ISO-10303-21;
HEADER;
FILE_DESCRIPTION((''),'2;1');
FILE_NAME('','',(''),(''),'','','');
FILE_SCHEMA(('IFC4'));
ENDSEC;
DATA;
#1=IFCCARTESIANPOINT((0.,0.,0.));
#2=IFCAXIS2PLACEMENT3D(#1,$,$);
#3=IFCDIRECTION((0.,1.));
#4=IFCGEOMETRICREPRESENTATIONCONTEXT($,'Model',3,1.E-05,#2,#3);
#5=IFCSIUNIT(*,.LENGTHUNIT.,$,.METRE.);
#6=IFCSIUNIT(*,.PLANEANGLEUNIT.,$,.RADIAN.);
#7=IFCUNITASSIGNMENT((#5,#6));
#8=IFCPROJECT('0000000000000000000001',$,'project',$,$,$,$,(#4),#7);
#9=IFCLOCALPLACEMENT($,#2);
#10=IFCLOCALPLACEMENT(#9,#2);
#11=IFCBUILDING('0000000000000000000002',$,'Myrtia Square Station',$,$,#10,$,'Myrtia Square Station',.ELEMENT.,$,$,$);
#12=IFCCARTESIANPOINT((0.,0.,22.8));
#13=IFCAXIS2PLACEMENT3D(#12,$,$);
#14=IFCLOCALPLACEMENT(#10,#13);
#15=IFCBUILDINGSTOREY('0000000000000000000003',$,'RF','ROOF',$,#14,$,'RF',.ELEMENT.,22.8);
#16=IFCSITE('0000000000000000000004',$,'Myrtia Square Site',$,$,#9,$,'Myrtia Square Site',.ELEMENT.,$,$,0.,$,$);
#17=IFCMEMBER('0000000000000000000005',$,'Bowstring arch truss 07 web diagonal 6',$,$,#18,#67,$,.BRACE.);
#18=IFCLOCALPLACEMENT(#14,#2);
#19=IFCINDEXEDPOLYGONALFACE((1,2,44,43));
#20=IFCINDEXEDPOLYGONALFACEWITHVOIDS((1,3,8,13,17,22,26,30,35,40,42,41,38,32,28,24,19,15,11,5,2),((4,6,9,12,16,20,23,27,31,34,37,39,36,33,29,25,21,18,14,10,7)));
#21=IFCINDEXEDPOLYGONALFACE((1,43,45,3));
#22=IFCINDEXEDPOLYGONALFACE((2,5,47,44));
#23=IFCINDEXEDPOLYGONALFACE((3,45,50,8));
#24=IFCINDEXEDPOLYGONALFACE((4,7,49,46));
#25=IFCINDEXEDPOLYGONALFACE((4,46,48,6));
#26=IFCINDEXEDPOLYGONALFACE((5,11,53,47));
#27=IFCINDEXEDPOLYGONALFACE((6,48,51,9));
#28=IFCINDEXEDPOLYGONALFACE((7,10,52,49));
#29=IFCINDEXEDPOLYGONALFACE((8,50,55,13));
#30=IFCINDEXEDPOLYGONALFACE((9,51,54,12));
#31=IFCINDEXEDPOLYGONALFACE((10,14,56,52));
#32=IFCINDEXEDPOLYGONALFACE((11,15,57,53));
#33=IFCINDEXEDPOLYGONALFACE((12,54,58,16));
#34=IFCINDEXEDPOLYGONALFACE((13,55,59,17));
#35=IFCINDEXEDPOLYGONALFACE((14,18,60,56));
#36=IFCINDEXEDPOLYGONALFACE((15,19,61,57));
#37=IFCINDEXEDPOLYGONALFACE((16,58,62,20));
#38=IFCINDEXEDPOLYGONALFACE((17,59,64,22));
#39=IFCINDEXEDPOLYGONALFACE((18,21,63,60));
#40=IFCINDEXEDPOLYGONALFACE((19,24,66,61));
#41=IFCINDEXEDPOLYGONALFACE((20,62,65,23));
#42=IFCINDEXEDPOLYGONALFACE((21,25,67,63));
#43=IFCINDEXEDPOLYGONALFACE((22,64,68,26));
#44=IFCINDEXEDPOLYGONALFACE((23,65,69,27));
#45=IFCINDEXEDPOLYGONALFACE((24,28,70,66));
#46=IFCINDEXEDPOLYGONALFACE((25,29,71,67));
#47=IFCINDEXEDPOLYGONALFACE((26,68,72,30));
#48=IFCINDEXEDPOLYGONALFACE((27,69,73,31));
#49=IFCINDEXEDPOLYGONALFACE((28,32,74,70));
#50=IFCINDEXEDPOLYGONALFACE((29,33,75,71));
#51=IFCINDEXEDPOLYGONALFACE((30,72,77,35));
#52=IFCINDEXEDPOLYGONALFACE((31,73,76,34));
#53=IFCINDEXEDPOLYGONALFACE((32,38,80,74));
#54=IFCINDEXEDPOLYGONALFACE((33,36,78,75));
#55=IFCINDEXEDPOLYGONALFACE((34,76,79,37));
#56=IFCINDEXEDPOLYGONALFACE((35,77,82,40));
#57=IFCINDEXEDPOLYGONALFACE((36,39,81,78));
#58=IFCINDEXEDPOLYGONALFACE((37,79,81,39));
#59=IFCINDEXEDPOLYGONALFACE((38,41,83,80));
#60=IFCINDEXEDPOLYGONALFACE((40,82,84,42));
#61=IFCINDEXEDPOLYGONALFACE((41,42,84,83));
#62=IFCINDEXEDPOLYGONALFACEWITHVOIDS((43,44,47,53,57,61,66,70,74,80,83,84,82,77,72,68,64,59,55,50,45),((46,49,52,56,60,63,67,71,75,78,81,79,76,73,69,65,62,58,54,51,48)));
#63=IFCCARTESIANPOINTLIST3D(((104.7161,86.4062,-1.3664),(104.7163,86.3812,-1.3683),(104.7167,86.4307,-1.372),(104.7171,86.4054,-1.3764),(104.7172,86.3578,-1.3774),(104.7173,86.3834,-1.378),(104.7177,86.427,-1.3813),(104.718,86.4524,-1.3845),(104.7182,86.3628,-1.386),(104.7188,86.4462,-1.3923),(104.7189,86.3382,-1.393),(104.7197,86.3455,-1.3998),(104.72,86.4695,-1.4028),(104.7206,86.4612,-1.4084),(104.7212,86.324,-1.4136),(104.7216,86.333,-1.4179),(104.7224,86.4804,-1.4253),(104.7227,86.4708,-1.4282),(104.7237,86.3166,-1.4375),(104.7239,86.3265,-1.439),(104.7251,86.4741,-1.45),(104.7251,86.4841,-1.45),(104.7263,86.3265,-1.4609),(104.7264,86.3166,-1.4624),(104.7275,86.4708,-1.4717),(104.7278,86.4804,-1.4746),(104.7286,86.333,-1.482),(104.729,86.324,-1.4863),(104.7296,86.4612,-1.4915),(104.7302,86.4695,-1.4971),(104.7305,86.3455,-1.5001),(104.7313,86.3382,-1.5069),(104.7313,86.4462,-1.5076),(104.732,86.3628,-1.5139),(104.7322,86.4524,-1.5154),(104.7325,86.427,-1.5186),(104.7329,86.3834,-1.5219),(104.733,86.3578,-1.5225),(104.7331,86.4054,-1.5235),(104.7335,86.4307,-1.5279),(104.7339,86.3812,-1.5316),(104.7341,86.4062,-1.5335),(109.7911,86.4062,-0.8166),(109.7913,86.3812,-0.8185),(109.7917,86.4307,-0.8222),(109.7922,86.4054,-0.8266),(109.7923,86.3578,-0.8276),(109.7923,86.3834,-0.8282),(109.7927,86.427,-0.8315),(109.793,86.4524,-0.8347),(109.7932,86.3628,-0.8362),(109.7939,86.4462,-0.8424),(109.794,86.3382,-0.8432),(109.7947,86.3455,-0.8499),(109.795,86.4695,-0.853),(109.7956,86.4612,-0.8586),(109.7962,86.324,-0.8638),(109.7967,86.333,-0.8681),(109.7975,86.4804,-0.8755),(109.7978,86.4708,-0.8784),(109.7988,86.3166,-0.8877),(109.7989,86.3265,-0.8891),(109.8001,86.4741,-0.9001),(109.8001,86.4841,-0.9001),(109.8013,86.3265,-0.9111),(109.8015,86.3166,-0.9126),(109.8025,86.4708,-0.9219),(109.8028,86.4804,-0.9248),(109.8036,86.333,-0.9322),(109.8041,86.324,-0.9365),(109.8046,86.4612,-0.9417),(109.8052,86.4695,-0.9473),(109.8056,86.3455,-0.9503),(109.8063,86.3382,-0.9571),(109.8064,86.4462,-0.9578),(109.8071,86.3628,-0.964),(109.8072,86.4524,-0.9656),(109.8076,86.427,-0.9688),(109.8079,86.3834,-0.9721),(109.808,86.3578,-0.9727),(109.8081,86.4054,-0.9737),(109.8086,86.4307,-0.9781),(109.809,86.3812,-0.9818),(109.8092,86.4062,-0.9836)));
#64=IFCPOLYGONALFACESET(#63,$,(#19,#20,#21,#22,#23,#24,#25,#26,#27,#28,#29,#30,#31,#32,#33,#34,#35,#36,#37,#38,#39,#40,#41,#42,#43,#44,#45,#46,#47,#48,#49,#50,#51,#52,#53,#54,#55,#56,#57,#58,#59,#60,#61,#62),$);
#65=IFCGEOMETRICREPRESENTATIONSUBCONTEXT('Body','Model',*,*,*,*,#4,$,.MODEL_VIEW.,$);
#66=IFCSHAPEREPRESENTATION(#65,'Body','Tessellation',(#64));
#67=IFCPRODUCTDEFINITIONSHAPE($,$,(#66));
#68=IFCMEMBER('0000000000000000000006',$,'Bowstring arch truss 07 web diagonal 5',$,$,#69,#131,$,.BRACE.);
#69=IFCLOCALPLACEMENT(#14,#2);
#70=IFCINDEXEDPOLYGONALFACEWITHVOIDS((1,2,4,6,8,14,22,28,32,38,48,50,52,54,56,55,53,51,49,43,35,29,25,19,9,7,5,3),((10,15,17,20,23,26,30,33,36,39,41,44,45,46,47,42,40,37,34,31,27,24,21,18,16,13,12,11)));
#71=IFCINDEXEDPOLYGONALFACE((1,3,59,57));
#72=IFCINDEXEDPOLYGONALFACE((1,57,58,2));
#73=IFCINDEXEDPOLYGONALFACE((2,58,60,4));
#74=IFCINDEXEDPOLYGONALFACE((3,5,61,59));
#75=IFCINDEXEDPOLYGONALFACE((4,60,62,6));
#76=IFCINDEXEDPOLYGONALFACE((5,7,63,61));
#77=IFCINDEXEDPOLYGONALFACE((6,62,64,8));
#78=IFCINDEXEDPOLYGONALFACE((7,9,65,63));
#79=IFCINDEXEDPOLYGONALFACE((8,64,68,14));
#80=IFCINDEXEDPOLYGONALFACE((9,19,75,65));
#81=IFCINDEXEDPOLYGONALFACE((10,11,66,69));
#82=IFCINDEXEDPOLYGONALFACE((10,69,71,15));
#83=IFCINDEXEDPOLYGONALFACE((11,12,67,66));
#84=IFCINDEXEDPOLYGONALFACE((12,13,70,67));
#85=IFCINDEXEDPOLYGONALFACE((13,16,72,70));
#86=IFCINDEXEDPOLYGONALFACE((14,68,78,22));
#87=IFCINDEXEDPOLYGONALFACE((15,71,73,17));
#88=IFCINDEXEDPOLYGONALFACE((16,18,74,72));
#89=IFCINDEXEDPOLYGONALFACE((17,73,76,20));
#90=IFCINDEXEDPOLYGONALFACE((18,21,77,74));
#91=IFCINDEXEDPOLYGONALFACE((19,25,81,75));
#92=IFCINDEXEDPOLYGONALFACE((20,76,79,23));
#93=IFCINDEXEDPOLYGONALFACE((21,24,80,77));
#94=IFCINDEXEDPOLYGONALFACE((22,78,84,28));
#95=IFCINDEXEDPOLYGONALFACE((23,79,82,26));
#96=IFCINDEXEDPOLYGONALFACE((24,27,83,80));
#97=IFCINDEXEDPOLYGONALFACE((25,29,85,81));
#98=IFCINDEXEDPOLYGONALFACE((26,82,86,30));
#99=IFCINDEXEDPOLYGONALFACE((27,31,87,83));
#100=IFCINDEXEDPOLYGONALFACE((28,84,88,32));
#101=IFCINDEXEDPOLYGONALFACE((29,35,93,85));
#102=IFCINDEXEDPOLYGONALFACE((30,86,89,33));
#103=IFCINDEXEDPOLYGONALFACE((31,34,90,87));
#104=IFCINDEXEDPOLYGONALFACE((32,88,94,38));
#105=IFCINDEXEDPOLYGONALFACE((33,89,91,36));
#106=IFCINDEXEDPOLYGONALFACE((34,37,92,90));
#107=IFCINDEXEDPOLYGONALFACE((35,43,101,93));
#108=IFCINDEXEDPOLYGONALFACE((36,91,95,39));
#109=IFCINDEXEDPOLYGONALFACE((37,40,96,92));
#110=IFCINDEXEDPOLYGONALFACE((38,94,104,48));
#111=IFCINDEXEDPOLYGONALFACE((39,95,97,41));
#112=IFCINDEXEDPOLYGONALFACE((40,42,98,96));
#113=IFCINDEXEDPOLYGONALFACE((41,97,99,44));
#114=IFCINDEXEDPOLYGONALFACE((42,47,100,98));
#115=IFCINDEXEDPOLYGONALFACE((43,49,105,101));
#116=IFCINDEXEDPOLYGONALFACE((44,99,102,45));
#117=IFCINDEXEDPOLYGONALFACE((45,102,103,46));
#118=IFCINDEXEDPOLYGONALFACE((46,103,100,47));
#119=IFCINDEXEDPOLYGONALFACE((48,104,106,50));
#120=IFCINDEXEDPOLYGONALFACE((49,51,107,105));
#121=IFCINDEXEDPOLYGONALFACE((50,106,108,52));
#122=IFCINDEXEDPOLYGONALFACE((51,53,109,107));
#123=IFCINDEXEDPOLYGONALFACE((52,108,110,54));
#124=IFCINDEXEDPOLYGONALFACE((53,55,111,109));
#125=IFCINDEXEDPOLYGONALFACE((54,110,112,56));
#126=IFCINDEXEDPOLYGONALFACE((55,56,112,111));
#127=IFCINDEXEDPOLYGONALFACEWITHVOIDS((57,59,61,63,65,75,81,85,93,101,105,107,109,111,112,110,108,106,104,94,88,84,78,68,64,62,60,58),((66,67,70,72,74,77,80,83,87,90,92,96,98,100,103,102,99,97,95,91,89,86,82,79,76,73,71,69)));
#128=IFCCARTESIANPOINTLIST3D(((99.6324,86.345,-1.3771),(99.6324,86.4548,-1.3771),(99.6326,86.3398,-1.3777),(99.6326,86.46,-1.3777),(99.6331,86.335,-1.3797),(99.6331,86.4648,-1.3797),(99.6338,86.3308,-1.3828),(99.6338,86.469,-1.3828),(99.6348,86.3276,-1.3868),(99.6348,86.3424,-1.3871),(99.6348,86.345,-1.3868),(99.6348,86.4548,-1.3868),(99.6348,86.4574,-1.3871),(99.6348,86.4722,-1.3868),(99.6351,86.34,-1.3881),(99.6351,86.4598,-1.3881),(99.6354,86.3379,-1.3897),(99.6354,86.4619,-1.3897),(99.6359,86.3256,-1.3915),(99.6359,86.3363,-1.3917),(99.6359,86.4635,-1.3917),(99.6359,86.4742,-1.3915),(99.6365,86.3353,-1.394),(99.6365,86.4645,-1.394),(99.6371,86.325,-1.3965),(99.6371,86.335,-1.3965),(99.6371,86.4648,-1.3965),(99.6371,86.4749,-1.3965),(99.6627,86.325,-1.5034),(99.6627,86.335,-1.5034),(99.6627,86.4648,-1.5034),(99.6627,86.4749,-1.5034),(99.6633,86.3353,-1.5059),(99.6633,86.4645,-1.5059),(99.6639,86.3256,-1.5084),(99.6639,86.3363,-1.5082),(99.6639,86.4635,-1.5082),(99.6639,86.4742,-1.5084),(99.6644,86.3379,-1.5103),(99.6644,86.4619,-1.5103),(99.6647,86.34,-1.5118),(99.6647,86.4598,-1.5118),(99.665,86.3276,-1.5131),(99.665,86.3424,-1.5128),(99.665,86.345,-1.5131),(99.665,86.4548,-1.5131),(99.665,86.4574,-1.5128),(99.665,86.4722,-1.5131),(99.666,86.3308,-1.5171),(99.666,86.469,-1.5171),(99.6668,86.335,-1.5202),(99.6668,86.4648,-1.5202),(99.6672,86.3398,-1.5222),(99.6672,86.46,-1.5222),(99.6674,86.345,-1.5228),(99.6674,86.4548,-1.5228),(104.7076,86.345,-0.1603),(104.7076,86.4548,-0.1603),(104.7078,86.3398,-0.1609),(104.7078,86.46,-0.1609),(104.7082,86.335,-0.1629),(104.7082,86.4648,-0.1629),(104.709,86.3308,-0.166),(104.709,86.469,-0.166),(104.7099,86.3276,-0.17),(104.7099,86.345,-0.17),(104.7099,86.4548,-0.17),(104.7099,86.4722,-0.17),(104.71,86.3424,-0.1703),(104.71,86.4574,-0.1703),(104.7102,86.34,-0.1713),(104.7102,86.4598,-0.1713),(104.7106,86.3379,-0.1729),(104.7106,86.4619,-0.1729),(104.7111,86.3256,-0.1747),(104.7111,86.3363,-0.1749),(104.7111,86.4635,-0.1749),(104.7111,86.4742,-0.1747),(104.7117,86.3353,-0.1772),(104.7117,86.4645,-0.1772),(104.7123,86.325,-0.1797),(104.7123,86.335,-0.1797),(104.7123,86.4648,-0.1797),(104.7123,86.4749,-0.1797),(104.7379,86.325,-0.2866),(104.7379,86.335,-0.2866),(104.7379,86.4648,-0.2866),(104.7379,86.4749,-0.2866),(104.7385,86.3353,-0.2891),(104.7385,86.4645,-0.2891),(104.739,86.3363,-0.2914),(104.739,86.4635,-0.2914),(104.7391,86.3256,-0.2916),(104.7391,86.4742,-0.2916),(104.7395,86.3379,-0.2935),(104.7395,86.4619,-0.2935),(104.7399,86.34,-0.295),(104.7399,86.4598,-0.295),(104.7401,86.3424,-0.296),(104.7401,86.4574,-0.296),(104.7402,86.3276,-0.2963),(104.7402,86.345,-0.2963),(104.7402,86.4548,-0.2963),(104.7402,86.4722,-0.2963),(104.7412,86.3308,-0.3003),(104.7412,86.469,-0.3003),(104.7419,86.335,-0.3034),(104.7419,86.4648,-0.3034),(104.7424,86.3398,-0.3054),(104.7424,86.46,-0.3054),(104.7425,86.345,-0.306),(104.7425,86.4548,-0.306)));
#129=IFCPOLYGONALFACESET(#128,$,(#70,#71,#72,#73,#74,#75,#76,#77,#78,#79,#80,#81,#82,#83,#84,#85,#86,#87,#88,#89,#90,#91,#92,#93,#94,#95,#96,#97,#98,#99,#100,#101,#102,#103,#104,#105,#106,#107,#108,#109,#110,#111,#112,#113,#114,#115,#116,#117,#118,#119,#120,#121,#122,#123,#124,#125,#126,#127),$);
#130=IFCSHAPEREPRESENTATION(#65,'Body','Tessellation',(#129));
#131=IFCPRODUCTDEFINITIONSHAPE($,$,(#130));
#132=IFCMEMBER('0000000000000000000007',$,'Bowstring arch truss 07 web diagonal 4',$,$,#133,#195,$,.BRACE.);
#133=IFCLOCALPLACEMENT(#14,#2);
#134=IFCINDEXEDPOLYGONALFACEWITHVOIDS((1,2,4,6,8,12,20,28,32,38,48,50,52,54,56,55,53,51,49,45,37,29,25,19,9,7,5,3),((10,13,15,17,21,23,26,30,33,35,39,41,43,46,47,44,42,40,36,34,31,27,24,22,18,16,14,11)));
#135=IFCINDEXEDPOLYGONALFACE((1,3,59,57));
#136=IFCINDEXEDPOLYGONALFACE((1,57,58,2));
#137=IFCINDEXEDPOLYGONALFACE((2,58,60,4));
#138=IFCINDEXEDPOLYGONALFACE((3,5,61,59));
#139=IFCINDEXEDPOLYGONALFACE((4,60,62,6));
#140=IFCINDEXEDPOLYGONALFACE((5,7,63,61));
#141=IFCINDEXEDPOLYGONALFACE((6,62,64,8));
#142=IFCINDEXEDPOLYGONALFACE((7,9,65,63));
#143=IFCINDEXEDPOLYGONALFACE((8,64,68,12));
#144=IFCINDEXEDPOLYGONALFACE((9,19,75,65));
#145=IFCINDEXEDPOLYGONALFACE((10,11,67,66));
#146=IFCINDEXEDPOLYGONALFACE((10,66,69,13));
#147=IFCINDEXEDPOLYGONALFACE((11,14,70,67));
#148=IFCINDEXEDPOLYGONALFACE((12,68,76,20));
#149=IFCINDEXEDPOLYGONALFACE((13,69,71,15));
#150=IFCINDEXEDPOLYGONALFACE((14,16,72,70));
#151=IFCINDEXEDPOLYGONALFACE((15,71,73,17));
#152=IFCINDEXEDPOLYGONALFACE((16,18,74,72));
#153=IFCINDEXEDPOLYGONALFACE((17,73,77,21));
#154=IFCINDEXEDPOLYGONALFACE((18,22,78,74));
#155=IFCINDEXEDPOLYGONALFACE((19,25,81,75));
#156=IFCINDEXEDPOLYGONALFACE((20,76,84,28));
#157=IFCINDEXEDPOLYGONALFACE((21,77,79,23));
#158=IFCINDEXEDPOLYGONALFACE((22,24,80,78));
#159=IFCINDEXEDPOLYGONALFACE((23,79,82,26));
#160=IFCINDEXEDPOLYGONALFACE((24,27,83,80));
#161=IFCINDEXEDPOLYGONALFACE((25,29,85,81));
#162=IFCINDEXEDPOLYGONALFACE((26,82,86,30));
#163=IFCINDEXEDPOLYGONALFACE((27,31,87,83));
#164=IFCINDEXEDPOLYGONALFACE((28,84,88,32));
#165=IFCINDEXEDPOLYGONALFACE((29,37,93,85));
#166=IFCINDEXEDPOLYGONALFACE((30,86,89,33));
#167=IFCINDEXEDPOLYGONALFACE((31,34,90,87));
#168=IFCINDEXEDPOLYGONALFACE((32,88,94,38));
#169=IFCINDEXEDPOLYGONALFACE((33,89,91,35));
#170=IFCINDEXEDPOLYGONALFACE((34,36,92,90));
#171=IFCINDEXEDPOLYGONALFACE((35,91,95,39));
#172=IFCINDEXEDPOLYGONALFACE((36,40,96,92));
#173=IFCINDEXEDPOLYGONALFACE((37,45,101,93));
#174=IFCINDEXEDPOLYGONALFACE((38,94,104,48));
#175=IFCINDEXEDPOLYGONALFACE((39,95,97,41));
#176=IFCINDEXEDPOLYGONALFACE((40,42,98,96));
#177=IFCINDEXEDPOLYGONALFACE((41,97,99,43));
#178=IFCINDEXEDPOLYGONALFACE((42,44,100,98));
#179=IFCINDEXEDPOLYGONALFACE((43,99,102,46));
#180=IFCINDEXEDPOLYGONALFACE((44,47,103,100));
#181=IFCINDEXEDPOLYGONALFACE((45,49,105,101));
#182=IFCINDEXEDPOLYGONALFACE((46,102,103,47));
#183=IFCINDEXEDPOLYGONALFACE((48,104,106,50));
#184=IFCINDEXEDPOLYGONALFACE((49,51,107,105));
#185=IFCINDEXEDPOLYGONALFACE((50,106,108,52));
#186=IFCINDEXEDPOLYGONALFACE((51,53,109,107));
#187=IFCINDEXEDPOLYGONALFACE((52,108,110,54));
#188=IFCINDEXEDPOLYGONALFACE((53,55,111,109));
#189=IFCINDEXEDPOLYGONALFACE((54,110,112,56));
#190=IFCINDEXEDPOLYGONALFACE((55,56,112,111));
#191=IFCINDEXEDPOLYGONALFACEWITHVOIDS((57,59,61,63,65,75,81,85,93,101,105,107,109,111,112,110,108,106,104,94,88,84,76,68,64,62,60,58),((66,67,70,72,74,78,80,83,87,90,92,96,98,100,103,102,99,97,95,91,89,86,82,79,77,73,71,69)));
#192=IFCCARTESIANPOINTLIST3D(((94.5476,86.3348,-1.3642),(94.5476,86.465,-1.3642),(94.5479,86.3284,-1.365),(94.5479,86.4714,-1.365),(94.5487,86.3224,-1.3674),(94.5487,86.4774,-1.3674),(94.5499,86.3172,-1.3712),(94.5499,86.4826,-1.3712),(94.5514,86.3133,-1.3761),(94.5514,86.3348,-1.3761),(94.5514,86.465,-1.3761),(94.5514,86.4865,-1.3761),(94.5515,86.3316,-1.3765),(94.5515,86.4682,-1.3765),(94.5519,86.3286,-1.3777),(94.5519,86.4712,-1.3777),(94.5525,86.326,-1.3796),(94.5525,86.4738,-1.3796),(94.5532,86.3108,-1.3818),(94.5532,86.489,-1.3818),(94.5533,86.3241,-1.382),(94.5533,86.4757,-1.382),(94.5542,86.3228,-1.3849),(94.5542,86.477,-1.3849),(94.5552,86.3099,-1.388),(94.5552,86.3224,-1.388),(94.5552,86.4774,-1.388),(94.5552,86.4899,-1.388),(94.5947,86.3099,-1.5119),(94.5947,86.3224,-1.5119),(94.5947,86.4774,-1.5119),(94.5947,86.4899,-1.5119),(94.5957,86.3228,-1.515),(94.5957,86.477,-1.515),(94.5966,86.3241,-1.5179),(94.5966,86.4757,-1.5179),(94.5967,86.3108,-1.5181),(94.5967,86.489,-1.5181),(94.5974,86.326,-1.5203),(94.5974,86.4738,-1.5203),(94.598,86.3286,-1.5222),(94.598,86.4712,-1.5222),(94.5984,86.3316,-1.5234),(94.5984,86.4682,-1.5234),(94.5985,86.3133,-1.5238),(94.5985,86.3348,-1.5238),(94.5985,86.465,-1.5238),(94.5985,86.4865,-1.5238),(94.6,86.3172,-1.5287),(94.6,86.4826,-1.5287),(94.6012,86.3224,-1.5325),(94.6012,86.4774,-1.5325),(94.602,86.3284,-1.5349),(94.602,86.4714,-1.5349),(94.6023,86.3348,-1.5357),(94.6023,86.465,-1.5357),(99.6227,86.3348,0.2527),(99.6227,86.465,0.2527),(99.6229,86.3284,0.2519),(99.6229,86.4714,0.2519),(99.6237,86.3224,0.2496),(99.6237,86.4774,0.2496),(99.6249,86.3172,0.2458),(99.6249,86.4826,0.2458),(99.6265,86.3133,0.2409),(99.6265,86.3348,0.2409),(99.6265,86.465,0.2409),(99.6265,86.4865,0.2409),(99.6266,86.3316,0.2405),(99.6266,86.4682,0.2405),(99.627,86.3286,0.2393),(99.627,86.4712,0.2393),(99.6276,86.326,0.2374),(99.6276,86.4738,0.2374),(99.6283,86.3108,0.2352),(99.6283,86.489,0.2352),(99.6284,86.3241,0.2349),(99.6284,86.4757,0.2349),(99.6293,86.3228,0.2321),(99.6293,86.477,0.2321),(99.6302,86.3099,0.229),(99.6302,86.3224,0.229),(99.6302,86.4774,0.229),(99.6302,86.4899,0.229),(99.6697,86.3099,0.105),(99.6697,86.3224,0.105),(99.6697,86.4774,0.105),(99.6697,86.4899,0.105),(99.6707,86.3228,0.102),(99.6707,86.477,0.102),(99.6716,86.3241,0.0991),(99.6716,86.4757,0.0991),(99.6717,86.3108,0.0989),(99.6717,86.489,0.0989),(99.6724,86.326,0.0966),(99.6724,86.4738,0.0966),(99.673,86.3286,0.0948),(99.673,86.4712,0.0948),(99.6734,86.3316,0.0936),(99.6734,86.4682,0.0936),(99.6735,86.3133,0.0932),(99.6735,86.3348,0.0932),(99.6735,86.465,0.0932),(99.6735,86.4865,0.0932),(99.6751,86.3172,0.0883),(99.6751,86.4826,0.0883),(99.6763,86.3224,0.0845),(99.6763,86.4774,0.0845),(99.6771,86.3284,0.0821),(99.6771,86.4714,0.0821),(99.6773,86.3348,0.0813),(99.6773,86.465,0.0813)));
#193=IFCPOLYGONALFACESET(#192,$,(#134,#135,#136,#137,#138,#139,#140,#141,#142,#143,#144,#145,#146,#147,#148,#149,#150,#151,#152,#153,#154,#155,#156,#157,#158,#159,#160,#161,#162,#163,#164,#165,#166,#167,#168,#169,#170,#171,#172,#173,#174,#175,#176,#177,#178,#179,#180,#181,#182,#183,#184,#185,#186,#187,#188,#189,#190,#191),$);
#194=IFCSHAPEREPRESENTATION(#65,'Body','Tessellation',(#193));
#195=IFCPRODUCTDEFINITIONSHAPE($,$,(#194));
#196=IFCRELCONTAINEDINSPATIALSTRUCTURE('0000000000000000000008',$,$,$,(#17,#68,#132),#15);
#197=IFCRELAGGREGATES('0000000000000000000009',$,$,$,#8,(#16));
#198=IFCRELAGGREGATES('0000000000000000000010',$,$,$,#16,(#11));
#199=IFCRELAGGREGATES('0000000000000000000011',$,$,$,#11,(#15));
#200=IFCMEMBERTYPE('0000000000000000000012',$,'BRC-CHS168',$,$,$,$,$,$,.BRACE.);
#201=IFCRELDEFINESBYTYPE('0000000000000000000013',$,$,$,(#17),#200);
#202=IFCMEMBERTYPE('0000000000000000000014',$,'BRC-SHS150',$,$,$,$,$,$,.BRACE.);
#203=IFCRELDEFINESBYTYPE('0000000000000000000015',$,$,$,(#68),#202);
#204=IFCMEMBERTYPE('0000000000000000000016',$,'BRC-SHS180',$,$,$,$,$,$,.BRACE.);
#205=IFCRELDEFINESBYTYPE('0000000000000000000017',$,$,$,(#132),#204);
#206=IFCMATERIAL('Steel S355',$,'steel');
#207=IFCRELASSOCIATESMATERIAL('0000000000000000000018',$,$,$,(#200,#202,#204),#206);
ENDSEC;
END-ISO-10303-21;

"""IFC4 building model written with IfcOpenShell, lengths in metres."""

from ifc_helpers import new_model, si_unit, direction, frame, origin, origin_2d, place, context, subcontext, project, spatial, hollow_rectangle, hollow_circle, extrude, material, material_profile, profile_set, type_object, element, save


model = new_model("IFC4")

# Units and contexts
model_context = context("Model", 3, precision=1e-05, world=origin(), true_north=direction((0.0, 1.0)))
body_context = subcontext(model_context, "Body", "Model", "MODEL_VIEW")
ifc_project = project(units=[si_unit("LENGTHUNIT", "METRE"), si_unit("PLANEANGLEUNIT", "RADIAN")], contexts=[model_context])

# Site, building, storey
site_placement = place(None, origin())
site = spatial("IfcSite", under=ifc_project, at=site_placement, Name="Myrtia Square Site", LongName="Myrtia Square Site", CompositionType="ELEMENT", RefElevation=0.0)
building_placement = place(site_placement, origin())
building = spatial("IfcBuilding", under=site, at=building_placement, Name="Myrtia Square Station", LongName="Myrtia Square Station", CompositionType="ELEMENT")
storey_placement = place(building_placement, frame((0.0, 0.0, 22.8)))
storey = spatial("IfcBuildingStorey", under=building, at=storey_placement, Name="RF", Description="ROOF", LongName="RF", CompositionType="ELEMENT", Elevation=22.8)

# Members
ifc_material_1 = material(Name="Steel S355", Category="steel")
ifc_material_profile_1 = material_profile(ifc_material_1, hollow_circle(Radius=0.0842, WallThickness=0.01, at=origin_2d()), Name="CHS 168.3x10")
ifc_profile_set_1 = profile_set([ifc_material_profile_1], Name="Steel S355")
member_type_1 = type_object("IfcMemberType", Name="BRC-CHS168", PredefinedType="BRACE", material=ifc_profile_set_1)
member_1_placement = place(storey_placement, frame((104.7251, 86.3999, -1.45), z_axis=(0.994183, 0.0, 0.107707), x_axis=(0.0, 1.0, 0.0)))
element("IfcMember", 1, at=member_1_placement, inside=storey, type_object=member_type_1, Name="Bowstring arch truss 07 web diagonal 6", PredefinedType="BRACE", context=body_context, shape_type="SweptSolid", body=[
    extrude(hollow_circle(Radius=0.0842, WallThickness=0.01, at=origin_2d()), origin(), (0.0, 0.0, 1.0), 5.1047),
])
ifc_material_profile_2 = material_profile(ifc_material_1, hollow_rectangle(XDim=0.1499, YDim=0.1499, WallThickness=0.01, InnerFilletRadius=0.01, OuterFilletRadius=0.02, at=origin_2d()), Name="SHS 150x150x10")
ifc_profile_set_2 = profile_set([ifc_material_profile_2], Name="Steel S355")
member_type_2 = type_object("IfcMemberType", Name="BRC-SHS150", PredefinedType="BRACE", material=ifc_profile_set_2)
member_2_placement = place(storey_placement, frame((99.6499, 86.3999, -1.45), z_axis=(0.972442, 0.0, 0.233146), x_axis=(0.0, 1.0, 0.0)))
element("IfcMember", 2, at=member_2_placement, inside=storey, type_object=member_type_2, Name="Bowstring arch truss 07 web diagonal 5", PredefinedType="BRACE", context=body_context, shape_type="SweptSolid", body=[
    extrude(hollow_rectangle(XDim=0.1499, YDim=0.1499, WallThickness=0.01, InnerFilletRadius=0.01, OuterFilletRadius=0.02, at=origin_2d()), origin(), (0.0, 0.0, 1.0), 5.219),
])
ifc_material_profile_3 = material_profile(ifc_material_1, hollow_rectangle(XDim=0.1799, YDim=0.1799, WallThickness=0.0125, InnerFilletRadius=0.0125, OuterFilletRadius=0.0249, at=origin_2d()), Name="SHS 180x180x12.5")
ifc_profile_set_3 = profile_set([ifc_material_profile_3], Name="Steel S355")
member_type_3 = type_object("IfcMemberType", Name="BRC-SHS180", PredefinedType="BRACE", material=ifc_profile_set_3)
member_3_placement = place(storey_placement, frame((94.575, 86.3999, -1.45), z_axis=(0.952807, 0.0, 0.303576), x_axis=(0.0, 1.0, 0.0)))
element("IfcMember", 3, at=member_3_placement, inside=storey, type_object=member_type_3, Name="Bowstring arch truss 07 web diagonal 4", PredefinedType="BRACE", context=body_context, shape_type="SweptSolid", body=[
    extrude(hollow_rectangle(XDim=0.1799, YDim=0.1799, WallThickness=0.0125, InnerFilletRadius=0.0125, OuterFilletRadius=0.0249, at=origin_2d()), origin(), (0.0, 0.0, 1.0), 5.3264),
])

save(model, "model.ifc")
